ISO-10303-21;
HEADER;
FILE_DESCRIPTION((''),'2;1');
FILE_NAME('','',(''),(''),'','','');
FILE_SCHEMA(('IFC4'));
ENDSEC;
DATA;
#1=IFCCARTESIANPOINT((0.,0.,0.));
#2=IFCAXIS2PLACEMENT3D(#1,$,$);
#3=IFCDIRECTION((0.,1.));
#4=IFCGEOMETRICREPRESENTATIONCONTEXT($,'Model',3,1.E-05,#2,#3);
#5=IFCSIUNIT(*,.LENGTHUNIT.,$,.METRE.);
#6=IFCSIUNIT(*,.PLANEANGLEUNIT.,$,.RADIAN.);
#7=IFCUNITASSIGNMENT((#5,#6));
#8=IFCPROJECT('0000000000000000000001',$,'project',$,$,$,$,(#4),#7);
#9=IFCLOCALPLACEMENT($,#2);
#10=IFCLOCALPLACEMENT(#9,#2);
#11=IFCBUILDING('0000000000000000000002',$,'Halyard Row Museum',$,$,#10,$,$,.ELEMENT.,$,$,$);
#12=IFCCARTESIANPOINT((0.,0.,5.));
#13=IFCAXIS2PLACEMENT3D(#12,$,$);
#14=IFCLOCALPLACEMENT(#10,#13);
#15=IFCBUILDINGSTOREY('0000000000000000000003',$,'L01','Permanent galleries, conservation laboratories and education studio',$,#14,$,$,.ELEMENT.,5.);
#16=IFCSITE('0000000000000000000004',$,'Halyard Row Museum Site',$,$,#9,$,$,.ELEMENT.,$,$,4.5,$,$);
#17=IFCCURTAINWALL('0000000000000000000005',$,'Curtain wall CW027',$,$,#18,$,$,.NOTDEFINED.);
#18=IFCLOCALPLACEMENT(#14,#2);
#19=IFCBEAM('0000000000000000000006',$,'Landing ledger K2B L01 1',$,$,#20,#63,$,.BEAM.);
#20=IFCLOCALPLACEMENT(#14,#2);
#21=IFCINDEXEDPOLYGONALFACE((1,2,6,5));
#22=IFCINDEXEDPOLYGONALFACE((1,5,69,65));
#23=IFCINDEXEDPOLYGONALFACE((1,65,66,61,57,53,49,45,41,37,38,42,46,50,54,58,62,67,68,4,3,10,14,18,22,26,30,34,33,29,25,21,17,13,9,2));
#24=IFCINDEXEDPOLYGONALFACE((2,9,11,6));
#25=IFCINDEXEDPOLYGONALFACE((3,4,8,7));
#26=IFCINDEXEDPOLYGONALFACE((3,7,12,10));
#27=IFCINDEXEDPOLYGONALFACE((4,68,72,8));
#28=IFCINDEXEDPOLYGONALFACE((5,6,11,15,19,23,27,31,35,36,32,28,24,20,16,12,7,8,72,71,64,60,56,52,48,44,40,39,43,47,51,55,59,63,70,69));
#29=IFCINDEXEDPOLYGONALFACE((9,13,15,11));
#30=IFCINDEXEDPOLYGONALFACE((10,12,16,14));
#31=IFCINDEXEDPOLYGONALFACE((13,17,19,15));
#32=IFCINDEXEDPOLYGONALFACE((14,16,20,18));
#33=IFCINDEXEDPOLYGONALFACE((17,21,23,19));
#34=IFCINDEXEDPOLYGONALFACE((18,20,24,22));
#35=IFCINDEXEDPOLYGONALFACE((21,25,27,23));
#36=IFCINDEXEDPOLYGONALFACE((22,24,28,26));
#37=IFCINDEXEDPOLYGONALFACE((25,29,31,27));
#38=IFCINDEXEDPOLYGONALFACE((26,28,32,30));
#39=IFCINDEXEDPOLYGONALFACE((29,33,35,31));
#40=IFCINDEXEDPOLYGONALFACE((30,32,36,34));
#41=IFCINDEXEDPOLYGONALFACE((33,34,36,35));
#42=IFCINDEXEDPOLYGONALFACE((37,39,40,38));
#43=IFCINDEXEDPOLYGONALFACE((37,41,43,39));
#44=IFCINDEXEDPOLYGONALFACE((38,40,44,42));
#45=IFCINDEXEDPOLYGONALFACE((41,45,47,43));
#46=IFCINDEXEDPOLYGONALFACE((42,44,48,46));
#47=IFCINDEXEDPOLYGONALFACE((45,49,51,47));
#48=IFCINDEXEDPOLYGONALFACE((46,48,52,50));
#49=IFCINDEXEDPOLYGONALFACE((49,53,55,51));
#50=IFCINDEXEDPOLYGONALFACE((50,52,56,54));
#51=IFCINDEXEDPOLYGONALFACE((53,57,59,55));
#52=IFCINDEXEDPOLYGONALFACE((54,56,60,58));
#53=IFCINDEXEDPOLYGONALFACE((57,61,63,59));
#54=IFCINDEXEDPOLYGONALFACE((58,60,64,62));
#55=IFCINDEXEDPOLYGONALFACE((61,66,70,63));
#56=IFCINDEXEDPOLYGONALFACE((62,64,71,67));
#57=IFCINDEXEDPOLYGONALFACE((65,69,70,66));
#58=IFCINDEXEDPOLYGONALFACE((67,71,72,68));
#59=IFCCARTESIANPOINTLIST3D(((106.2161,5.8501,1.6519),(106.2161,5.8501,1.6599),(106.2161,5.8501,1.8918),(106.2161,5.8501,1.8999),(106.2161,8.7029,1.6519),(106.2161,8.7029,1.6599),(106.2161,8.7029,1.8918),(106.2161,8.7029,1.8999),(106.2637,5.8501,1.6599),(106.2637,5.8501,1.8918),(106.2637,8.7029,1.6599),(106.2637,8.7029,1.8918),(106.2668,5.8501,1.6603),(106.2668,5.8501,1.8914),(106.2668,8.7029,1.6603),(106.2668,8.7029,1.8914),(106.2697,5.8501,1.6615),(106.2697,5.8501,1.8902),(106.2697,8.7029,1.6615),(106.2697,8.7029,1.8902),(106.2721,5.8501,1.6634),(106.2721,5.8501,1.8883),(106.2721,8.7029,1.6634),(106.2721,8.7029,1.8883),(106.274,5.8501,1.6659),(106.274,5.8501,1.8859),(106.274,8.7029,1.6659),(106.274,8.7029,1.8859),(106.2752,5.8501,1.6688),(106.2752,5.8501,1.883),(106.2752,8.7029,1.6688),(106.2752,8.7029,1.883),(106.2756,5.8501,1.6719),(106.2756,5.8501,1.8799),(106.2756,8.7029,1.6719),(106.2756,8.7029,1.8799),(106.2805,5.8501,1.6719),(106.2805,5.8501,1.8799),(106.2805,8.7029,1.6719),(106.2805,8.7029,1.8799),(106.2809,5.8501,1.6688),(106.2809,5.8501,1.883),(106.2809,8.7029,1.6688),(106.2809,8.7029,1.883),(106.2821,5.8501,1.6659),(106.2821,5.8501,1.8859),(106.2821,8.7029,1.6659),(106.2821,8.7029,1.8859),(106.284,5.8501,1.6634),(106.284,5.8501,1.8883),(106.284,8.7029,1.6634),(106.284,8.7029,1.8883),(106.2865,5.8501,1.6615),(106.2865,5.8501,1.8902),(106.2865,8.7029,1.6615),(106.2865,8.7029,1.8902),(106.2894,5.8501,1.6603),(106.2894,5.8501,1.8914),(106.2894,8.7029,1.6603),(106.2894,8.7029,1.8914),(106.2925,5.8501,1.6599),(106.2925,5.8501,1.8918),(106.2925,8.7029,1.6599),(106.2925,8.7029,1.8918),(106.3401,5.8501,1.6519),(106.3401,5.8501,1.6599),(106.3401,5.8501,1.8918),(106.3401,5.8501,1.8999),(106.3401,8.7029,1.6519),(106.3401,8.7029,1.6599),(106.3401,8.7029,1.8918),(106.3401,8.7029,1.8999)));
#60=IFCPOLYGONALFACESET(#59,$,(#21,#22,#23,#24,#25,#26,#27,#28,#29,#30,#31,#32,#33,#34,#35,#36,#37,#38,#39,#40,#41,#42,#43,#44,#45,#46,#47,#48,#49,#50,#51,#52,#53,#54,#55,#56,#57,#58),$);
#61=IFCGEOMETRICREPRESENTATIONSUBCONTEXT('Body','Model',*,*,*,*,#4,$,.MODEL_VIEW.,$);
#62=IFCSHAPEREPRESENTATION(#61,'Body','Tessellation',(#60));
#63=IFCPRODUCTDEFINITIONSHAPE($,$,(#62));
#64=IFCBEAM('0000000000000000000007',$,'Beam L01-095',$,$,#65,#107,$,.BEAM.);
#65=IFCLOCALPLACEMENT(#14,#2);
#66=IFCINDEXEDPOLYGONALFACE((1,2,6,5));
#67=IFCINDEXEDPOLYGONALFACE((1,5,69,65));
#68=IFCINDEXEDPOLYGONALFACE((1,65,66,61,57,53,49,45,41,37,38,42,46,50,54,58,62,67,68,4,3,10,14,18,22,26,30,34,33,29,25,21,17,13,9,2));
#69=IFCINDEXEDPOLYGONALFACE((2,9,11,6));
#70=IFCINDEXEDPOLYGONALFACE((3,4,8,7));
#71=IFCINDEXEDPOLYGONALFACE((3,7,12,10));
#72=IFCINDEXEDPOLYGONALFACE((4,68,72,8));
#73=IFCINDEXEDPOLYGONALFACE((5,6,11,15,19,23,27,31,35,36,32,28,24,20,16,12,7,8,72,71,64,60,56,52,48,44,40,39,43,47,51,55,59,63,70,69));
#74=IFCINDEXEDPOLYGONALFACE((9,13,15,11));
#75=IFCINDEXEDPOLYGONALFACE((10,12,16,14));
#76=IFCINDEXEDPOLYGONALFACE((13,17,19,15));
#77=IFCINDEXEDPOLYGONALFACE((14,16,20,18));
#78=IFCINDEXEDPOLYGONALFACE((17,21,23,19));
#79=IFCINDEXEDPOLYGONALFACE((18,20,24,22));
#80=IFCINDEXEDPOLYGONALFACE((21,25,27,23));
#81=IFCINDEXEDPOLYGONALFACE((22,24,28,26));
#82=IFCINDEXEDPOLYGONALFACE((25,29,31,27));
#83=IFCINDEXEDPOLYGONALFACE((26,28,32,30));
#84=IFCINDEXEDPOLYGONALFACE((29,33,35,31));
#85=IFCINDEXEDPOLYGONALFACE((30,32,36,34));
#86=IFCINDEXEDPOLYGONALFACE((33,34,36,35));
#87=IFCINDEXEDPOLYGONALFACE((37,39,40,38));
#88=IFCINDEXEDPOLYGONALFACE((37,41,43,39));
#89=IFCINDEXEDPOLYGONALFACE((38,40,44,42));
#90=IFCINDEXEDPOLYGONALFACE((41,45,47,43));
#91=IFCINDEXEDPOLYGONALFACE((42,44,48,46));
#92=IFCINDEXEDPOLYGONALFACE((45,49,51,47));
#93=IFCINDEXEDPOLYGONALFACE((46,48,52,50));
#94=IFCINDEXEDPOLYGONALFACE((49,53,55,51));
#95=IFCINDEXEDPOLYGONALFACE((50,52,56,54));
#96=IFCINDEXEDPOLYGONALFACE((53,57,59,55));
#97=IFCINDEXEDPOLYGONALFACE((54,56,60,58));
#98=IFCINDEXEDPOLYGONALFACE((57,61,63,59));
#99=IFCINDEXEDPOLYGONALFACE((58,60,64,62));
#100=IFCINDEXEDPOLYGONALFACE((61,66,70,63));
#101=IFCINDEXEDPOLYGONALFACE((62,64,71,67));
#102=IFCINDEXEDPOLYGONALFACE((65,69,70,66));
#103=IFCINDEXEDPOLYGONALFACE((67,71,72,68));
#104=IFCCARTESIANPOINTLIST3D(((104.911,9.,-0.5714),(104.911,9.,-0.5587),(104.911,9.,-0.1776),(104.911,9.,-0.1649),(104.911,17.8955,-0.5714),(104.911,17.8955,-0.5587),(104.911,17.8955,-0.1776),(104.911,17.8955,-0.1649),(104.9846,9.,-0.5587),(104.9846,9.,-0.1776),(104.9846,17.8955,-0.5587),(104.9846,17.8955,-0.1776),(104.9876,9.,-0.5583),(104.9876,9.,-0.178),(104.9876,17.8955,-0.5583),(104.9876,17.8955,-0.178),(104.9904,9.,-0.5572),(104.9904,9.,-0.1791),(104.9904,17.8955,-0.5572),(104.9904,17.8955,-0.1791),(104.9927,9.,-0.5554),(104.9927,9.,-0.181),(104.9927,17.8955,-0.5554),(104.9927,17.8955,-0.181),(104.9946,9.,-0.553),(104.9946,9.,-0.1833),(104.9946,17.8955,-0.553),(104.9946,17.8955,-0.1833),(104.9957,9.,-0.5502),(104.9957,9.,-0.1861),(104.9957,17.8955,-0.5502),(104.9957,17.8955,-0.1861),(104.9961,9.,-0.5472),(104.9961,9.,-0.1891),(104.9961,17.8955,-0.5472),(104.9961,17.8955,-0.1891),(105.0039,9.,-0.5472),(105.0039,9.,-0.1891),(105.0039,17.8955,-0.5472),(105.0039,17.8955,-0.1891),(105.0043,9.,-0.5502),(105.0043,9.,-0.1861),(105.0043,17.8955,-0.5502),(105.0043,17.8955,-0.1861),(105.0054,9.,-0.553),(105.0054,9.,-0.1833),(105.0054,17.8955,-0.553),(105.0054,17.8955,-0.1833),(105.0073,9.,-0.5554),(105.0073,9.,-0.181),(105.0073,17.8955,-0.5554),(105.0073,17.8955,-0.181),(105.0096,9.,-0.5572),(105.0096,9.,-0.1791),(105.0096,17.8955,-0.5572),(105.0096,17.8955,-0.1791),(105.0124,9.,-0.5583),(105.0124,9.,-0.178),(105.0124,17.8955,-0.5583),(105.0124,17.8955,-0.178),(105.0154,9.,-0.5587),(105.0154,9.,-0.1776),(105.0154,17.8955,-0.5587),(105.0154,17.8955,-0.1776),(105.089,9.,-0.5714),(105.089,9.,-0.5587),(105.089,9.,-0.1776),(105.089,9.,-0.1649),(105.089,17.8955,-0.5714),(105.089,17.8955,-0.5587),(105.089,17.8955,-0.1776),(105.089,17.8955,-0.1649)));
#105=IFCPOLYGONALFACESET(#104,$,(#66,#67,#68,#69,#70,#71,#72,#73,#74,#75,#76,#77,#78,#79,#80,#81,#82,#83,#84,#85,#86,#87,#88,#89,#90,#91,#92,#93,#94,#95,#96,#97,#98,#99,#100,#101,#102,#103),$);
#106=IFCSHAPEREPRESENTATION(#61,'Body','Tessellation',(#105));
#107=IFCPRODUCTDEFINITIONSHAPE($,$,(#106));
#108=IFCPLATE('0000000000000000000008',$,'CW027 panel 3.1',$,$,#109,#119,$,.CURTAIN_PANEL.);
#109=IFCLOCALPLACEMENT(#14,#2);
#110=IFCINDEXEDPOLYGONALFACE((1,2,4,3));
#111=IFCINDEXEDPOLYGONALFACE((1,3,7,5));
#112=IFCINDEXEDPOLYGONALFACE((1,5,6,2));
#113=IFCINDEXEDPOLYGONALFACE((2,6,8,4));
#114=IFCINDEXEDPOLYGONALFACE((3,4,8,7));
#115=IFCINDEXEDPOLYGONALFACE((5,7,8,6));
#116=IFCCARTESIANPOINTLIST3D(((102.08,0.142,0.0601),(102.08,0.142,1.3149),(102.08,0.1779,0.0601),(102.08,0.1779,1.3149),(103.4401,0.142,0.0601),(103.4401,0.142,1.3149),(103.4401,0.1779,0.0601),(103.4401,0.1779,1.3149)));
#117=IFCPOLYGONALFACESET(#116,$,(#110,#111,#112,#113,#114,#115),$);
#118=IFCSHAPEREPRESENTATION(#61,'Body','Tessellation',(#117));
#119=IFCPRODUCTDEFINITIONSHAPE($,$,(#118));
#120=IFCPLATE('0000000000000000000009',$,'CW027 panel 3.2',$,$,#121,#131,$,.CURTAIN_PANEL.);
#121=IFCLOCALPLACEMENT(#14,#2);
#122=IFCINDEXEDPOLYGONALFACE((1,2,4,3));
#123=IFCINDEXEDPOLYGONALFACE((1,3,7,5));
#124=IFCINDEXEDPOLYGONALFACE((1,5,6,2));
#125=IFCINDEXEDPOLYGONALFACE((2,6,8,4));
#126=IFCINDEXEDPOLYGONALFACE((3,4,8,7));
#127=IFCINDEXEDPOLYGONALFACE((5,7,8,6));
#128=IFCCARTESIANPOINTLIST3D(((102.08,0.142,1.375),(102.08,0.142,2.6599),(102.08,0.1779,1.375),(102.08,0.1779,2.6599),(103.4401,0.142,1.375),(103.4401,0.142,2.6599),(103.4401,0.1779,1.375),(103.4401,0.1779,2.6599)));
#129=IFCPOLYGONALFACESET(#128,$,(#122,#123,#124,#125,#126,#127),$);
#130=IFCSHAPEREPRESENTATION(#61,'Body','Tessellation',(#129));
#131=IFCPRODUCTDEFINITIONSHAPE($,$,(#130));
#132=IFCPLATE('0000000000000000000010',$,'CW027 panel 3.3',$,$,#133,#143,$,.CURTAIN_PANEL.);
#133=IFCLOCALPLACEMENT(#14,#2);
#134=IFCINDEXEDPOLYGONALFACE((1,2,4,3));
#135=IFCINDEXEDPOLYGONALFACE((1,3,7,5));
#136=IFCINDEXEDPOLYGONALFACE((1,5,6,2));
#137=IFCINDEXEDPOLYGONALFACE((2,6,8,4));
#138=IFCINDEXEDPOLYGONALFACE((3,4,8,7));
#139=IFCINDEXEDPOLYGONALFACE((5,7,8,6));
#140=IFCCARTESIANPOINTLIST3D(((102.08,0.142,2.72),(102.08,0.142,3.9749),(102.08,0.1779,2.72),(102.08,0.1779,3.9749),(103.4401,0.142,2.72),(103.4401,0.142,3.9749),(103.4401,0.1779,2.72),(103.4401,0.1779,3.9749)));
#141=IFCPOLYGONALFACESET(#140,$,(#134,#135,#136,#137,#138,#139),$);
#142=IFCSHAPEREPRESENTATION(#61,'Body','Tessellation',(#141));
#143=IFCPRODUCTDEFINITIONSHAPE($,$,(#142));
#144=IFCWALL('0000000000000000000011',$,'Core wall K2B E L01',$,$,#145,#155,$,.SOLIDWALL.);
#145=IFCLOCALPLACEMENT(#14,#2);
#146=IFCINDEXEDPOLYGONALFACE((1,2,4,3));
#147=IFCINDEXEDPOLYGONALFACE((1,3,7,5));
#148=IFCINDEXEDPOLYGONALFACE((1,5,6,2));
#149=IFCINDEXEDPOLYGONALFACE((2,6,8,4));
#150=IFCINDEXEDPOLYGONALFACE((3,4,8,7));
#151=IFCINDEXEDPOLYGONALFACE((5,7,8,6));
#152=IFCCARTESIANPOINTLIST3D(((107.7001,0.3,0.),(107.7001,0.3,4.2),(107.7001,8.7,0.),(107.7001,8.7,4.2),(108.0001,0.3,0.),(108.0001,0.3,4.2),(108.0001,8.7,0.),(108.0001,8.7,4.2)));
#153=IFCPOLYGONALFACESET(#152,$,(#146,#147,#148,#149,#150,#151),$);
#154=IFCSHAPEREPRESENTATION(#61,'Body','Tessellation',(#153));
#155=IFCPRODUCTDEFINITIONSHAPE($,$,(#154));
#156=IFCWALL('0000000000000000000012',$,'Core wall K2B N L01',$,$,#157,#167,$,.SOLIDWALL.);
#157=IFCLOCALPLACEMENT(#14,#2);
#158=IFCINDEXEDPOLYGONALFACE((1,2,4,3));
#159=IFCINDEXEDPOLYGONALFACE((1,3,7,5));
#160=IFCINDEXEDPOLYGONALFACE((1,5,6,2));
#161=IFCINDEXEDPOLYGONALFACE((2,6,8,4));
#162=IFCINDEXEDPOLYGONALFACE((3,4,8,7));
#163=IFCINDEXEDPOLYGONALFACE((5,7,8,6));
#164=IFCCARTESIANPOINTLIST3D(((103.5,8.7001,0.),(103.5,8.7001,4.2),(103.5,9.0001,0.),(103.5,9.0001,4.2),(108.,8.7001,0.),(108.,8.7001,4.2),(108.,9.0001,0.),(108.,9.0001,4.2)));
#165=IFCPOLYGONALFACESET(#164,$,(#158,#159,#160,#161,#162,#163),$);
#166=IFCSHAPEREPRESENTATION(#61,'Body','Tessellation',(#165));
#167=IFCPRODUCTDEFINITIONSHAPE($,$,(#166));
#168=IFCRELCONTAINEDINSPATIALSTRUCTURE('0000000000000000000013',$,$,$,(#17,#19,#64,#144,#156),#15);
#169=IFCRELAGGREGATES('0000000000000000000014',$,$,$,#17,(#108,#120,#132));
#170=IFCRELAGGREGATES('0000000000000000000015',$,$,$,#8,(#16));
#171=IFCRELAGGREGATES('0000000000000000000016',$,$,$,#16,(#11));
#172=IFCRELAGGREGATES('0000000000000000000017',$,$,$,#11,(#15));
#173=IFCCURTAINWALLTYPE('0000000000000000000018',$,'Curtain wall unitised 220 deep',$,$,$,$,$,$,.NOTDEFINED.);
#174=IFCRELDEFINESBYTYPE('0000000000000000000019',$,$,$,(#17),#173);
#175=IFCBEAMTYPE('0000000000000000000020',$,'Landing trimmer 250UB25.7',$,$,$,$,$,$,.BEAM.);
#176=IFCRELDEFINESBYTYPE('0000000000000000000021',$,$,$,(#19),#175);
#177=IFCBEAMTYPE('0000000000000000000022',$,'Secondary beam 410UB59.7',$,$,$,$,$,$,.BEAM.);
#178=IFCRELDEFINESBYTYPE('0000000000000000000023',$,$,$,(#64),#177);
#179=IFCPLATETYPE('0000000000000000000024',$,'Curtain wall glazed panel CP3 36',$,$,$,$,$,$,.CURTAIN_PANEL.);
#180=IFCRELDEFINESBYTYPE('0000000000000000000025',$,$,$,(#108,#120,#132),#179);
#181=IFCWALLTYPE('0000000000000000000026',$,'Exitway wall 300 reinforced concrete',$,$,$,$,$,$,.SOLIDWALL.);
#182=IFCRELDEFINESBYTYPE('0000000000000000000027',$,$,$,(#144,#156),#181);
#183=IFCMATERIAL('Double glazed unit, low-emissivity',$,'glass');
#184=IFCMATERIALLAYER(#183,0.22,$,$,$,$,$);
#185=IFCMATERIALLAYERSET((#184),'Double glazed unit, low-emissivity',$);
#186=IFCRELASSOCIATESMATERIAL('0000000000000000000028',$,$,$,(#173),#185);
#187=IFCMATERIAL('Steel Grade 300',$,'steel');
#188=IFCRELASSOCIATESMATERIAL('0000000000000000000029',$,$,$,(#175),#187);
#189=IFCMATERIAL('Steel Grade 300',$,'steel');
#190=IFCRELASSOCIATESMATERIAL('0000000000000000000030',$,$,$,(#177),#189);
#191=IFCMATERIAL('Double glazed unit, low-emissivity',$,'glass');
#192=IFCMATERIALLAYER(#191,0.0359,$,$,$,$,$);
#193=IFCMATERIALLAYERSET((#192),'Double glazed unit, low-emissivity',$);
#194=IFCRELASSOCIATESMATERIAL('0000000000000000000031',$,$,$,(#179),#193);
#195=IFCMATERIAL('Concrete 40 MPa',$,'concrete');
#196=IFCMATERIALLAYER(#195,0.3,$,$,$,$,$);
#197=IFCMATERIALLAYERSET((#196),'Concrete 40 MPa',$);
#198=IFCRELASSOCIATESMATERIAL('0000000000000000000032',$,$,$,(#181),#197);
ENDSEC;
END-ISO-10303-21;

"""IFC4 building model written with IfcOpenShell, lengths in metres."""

from ifc_helpers import new_model, si_unit, direction, frame, frame_2d, origin, origin_2d, place, context, subcontext, project, spatial, rectangle, i_section, extrude, material, layer, layer_set, material_profile, profile_set, type_object, element, aggregate, save


model = new_model("IFC4")

# Units and contexts
model_context = context("Model", 3, precision=1e-05, world=origin(), true_north=direction((0.0, 1.0)))
body_context = subcontext(model_context, "Body", "Model", "MODEL_VIEW")
ifc_project = project(units=[si_unit("LENGTHUNIT", "METRE"), si_unit("PLANEANGLEUNIT", "RADIAN")], contexts=[model_context])

# Site, building, storey
site_placement = place(None, origin())
site = spatial("IfcSite", under=ifc_project, at=site_placement, Name="Halyard Row Museum Site", CompositionType="ELEMENT", RefElevation=4.5)
building_placement = place(site_placement, origin())
building = spatial("IfcBuilding", under=site, at=building_placement, Name="Halyard Row Museum", CompositionType="ELEMENT")
storey_placement = place(building_placement, frame((0.0, 0.0, 5.0)))
storey = spatial("IfcBuildingStorey", under=building, at=storey_placement, Name="L01", Description="Permanent galleries, conservation laboratories and education studio", CompositionType="ELEMENT", Elevation=5.0)

# Curtain wall
ifc_material_1 = material(Name="Double glazed unit, low-emissivity", Category="glass")
ifc_layer_1 = layer(ifc_material_1, 0.22)
ifc_layer_set_1 = layer_set([ifc_layer_1], Name="Double glazed unit, low-emissivity")
curtain_wall_type = type_object("IfcCurtainWallType", Name="Curtain wall unitised 220 deep", PredefinedType="NOTDEFINED", material=ifc_layer_set_1)
curtain_wall_1_placement = place(storey_placement, origin())
curtain_wall_1 = element("IfcCurtainWall", 1, at=curtain_wall_1_placement, inside=storey, type_object=curtain_wall_type, Name="Curtain wall CW027", PredefinedType="NOTDEFINED")

# Beams
ifc_material_2 = material(Name="Steel Grade 300", Category="steel")
ifc_material_profile_1 = material_profile(ifc_material_2, i_section(OverallWidth=0.124, OverallDepth=0.248, WebThickness=0.0049, FlangeThickness=0.0081, FilletRadius=0.012, at=origin_2d()), Name="250UB25.7")
ifc_profile_set_1 = profile_set([ifc_material_profile_1], Name="Steel Grade 300")
beam_type_1 = type_object("IfcBeamType", Name="Landing trimmer 250UB25.7", PredefinedType="BEAM", material=ifc_profile_set_1)
beam_1_placement = place(storey_placement, frame((106.2781, 8.7029, 1.7759), z_axis=(0.0, -1.0, 0.0), x_axis=(1.0, 0.0, 0.0)))
element("IfcBeam", 2, at=beam_1_placement, inside=storey, type_object=beam_type_1, Name="Landing ledger K2B L01 1", PredefinedType="BEAM", context=body_context, shape_type="SweptSolid", body=[
    extrude(i_section(OverallWidth=0.124, OverallDepth=0.248, WebThickness=0.0049, FlangeThickness=0.0081, FilletRadius=0.012, at=origin_2d()), origin(), (0.0, 0.0, 1.0), 2.8528),
])
ifc_material_3 = material(Name="Steel Grade 300", Category="steel")
ifc_material_profile_2 = material_profile(ifc_material_3, i_section(OverallWidth=0.178, OverallDepth=0.4065, WebThickness=0.0078, FlangeThickness=0.0127, FilletRadius=0.0115, at=origin_2d()), Name="410UB59.7")
ifc_profile_set_2 = profile_set([ifc_material_profile_2], Name="Steel Grade 300")
beam_type_2 = type_object("IfcBeamType", Name="Secondary beam 410UB59.7", PredefinedType="BEAM", material=ifc_profile_set_2)
beam_2_placement = place(storey_placement, frame((105.0, 9.0, -0.3682), z_axis=(0.0, 1.0, 0.0), x_axis=(-1.0, 0.0, 0.0)))
element("IfcBeam", 3, at=beam_2_placement, inside=storey, type_object=beam_type_2, Name="Beam L01-095", PredefinedType="BEAM", context=body_context, shape_type="SweptSolid", body=[
    extrude(i_section(OverallWidth=0.178, OverallDepth=0.4065, WebThickness=0.0078, FlangeThickness=0.0127, FilletRadius=0.0115, at=origin_2d()), origin(), (0.0, 0.0, 1.0), 8.8955),
])

# Plates
ifc_material_4 = material(Name="Double glazed unit, low-emissivity", Category="glass")
ifc_layer_2 = layer(ifc_material_4, 0.0359)
ifc_layer_set_2 = layer_set([ifc_layer_2], Name="Double glazed unit, low-emissivity")
plate_type = type_object("IfcPlateType", Name="Curtain wall glazed panel CP3 36", PredefinedType="CURTAIN_PANEL", material=ifc_layer_set_2)
plate_1_placement = place(storey_placement, frame((102.76, 0.1599, 0.0601), z_axis=(0.0, 0.0, 1.0), x_axis=(1.0, 0.0, 0.0)))
plate_1 = element("IfcPlate", 4, at=plate_1_placement, type_object=plate_type, Name="CW027 panel 3.1", PredefinedType="CURTAIN_PANEL", context=body_context, shape_type="SweptSolid", body=[
    extrude(rectangle(XDim=1.3601, YDim=0.0359, at=origin_2d()), origin(), (0.0, 0.0, 1.0), 1.2549),
])
plate_2_placement = place(storey_placement, frame((102.76, 0.1599, 1.375), z_axis=(0.0, 0.0, 1.0), x_axis=(1.0, 0.0, 0.0)))
plate_2 = element("IfcPlate", 5, at=plate_2_placement, type_object=plate_type, Name="CW027 panel 3.2", PredefinedType="CURTAIN_PANEL", context=body_context, shape_type="SweptSolid", body=[
    extrude(rectangle(XDim=1.3601, YDim=0.0359, at=origin_2d()), origin(), (0.0, 0.0, 1.0), 1.2849),
])
plate_3_placement = place(storey_placement, frame((102.76, 0.1599, 2.72), z_axis=(0.0, 0.0, 1.0), x_axis=(1.0, 0.0, 0.0)))
plate_3 = element("IfcPlate", 6, at=plate_3_placement, type_object=plate_type, Name="CW027 panel 3.3", PredefinedType="CURTAIN_PANEL", context=body_context, shape_type="SweptSolid", body=[
    extrude(rectangle(XDim=1.3601, YDim=0.0359, at=origin_2d()), origin(), (0.0, 0.0, 1.0), 1.2549),
])
aggregate(curtain_wall_1, [plate_1, plate_2, plate_3])

# Walls
ifc_material_5 = material(Name="Concrete 40 MPa", Category="concrete")
ifc_layer_3 = layer(ifc_material_5, 0.3)
ifc_layer_set_3 = layer_set([ifc_layer_3], Name="Concrete 40 MPa")
wall_type_1 = type_object("IfcWallType", Name="Exitway wall 300 reinforced concrete", PredefinedType="SOLIDWALL", material=ifc_layer_set_3)
wall_1_placement = place(storey_placement, frame((107.8501, 0.3, 0.0), z_axis=(0.0, 0.0, 1.0), x_axis=(0.0, 1.0, 0.0)))
element("IfcWall", 7, at=wall_1_placement, inside=storey, type_object=wall_type_1, Name="Core wall K2B E L01", PredefinedType="SOLIDWALL", context=body_context, shape_type="SweptSolid", body=[
    extrude(rectangle(XDim=8.3999, YDim=0.3, at=frame_2d((4.2, 0.0))), origin(), (0.0, 0.0, 1.0), 4.2),
])
wall_2_placement = place(storey_placement, frame((103.5, 8.8501, 0.0), z_axis=(0.0, 0.0, 1.0), x_axis=(1.0, 0.0, 0.0)))
element("IfcWall", 8, at=wall_2_placement, inside=storey, type_object=wall_type_1, Name="Core wall K2B N L01", PredefinedType="SOLIDWALL", context=body_context, shape_type="SweptSolid", body=[
    extrude(rectangle(XDim=4.5, YDim=0.3, at=frame_2d((2.25, 0.0))), origin(), (0.0, 0.0, 1.0), 4.2),
])

save(model, "model.ifc")
